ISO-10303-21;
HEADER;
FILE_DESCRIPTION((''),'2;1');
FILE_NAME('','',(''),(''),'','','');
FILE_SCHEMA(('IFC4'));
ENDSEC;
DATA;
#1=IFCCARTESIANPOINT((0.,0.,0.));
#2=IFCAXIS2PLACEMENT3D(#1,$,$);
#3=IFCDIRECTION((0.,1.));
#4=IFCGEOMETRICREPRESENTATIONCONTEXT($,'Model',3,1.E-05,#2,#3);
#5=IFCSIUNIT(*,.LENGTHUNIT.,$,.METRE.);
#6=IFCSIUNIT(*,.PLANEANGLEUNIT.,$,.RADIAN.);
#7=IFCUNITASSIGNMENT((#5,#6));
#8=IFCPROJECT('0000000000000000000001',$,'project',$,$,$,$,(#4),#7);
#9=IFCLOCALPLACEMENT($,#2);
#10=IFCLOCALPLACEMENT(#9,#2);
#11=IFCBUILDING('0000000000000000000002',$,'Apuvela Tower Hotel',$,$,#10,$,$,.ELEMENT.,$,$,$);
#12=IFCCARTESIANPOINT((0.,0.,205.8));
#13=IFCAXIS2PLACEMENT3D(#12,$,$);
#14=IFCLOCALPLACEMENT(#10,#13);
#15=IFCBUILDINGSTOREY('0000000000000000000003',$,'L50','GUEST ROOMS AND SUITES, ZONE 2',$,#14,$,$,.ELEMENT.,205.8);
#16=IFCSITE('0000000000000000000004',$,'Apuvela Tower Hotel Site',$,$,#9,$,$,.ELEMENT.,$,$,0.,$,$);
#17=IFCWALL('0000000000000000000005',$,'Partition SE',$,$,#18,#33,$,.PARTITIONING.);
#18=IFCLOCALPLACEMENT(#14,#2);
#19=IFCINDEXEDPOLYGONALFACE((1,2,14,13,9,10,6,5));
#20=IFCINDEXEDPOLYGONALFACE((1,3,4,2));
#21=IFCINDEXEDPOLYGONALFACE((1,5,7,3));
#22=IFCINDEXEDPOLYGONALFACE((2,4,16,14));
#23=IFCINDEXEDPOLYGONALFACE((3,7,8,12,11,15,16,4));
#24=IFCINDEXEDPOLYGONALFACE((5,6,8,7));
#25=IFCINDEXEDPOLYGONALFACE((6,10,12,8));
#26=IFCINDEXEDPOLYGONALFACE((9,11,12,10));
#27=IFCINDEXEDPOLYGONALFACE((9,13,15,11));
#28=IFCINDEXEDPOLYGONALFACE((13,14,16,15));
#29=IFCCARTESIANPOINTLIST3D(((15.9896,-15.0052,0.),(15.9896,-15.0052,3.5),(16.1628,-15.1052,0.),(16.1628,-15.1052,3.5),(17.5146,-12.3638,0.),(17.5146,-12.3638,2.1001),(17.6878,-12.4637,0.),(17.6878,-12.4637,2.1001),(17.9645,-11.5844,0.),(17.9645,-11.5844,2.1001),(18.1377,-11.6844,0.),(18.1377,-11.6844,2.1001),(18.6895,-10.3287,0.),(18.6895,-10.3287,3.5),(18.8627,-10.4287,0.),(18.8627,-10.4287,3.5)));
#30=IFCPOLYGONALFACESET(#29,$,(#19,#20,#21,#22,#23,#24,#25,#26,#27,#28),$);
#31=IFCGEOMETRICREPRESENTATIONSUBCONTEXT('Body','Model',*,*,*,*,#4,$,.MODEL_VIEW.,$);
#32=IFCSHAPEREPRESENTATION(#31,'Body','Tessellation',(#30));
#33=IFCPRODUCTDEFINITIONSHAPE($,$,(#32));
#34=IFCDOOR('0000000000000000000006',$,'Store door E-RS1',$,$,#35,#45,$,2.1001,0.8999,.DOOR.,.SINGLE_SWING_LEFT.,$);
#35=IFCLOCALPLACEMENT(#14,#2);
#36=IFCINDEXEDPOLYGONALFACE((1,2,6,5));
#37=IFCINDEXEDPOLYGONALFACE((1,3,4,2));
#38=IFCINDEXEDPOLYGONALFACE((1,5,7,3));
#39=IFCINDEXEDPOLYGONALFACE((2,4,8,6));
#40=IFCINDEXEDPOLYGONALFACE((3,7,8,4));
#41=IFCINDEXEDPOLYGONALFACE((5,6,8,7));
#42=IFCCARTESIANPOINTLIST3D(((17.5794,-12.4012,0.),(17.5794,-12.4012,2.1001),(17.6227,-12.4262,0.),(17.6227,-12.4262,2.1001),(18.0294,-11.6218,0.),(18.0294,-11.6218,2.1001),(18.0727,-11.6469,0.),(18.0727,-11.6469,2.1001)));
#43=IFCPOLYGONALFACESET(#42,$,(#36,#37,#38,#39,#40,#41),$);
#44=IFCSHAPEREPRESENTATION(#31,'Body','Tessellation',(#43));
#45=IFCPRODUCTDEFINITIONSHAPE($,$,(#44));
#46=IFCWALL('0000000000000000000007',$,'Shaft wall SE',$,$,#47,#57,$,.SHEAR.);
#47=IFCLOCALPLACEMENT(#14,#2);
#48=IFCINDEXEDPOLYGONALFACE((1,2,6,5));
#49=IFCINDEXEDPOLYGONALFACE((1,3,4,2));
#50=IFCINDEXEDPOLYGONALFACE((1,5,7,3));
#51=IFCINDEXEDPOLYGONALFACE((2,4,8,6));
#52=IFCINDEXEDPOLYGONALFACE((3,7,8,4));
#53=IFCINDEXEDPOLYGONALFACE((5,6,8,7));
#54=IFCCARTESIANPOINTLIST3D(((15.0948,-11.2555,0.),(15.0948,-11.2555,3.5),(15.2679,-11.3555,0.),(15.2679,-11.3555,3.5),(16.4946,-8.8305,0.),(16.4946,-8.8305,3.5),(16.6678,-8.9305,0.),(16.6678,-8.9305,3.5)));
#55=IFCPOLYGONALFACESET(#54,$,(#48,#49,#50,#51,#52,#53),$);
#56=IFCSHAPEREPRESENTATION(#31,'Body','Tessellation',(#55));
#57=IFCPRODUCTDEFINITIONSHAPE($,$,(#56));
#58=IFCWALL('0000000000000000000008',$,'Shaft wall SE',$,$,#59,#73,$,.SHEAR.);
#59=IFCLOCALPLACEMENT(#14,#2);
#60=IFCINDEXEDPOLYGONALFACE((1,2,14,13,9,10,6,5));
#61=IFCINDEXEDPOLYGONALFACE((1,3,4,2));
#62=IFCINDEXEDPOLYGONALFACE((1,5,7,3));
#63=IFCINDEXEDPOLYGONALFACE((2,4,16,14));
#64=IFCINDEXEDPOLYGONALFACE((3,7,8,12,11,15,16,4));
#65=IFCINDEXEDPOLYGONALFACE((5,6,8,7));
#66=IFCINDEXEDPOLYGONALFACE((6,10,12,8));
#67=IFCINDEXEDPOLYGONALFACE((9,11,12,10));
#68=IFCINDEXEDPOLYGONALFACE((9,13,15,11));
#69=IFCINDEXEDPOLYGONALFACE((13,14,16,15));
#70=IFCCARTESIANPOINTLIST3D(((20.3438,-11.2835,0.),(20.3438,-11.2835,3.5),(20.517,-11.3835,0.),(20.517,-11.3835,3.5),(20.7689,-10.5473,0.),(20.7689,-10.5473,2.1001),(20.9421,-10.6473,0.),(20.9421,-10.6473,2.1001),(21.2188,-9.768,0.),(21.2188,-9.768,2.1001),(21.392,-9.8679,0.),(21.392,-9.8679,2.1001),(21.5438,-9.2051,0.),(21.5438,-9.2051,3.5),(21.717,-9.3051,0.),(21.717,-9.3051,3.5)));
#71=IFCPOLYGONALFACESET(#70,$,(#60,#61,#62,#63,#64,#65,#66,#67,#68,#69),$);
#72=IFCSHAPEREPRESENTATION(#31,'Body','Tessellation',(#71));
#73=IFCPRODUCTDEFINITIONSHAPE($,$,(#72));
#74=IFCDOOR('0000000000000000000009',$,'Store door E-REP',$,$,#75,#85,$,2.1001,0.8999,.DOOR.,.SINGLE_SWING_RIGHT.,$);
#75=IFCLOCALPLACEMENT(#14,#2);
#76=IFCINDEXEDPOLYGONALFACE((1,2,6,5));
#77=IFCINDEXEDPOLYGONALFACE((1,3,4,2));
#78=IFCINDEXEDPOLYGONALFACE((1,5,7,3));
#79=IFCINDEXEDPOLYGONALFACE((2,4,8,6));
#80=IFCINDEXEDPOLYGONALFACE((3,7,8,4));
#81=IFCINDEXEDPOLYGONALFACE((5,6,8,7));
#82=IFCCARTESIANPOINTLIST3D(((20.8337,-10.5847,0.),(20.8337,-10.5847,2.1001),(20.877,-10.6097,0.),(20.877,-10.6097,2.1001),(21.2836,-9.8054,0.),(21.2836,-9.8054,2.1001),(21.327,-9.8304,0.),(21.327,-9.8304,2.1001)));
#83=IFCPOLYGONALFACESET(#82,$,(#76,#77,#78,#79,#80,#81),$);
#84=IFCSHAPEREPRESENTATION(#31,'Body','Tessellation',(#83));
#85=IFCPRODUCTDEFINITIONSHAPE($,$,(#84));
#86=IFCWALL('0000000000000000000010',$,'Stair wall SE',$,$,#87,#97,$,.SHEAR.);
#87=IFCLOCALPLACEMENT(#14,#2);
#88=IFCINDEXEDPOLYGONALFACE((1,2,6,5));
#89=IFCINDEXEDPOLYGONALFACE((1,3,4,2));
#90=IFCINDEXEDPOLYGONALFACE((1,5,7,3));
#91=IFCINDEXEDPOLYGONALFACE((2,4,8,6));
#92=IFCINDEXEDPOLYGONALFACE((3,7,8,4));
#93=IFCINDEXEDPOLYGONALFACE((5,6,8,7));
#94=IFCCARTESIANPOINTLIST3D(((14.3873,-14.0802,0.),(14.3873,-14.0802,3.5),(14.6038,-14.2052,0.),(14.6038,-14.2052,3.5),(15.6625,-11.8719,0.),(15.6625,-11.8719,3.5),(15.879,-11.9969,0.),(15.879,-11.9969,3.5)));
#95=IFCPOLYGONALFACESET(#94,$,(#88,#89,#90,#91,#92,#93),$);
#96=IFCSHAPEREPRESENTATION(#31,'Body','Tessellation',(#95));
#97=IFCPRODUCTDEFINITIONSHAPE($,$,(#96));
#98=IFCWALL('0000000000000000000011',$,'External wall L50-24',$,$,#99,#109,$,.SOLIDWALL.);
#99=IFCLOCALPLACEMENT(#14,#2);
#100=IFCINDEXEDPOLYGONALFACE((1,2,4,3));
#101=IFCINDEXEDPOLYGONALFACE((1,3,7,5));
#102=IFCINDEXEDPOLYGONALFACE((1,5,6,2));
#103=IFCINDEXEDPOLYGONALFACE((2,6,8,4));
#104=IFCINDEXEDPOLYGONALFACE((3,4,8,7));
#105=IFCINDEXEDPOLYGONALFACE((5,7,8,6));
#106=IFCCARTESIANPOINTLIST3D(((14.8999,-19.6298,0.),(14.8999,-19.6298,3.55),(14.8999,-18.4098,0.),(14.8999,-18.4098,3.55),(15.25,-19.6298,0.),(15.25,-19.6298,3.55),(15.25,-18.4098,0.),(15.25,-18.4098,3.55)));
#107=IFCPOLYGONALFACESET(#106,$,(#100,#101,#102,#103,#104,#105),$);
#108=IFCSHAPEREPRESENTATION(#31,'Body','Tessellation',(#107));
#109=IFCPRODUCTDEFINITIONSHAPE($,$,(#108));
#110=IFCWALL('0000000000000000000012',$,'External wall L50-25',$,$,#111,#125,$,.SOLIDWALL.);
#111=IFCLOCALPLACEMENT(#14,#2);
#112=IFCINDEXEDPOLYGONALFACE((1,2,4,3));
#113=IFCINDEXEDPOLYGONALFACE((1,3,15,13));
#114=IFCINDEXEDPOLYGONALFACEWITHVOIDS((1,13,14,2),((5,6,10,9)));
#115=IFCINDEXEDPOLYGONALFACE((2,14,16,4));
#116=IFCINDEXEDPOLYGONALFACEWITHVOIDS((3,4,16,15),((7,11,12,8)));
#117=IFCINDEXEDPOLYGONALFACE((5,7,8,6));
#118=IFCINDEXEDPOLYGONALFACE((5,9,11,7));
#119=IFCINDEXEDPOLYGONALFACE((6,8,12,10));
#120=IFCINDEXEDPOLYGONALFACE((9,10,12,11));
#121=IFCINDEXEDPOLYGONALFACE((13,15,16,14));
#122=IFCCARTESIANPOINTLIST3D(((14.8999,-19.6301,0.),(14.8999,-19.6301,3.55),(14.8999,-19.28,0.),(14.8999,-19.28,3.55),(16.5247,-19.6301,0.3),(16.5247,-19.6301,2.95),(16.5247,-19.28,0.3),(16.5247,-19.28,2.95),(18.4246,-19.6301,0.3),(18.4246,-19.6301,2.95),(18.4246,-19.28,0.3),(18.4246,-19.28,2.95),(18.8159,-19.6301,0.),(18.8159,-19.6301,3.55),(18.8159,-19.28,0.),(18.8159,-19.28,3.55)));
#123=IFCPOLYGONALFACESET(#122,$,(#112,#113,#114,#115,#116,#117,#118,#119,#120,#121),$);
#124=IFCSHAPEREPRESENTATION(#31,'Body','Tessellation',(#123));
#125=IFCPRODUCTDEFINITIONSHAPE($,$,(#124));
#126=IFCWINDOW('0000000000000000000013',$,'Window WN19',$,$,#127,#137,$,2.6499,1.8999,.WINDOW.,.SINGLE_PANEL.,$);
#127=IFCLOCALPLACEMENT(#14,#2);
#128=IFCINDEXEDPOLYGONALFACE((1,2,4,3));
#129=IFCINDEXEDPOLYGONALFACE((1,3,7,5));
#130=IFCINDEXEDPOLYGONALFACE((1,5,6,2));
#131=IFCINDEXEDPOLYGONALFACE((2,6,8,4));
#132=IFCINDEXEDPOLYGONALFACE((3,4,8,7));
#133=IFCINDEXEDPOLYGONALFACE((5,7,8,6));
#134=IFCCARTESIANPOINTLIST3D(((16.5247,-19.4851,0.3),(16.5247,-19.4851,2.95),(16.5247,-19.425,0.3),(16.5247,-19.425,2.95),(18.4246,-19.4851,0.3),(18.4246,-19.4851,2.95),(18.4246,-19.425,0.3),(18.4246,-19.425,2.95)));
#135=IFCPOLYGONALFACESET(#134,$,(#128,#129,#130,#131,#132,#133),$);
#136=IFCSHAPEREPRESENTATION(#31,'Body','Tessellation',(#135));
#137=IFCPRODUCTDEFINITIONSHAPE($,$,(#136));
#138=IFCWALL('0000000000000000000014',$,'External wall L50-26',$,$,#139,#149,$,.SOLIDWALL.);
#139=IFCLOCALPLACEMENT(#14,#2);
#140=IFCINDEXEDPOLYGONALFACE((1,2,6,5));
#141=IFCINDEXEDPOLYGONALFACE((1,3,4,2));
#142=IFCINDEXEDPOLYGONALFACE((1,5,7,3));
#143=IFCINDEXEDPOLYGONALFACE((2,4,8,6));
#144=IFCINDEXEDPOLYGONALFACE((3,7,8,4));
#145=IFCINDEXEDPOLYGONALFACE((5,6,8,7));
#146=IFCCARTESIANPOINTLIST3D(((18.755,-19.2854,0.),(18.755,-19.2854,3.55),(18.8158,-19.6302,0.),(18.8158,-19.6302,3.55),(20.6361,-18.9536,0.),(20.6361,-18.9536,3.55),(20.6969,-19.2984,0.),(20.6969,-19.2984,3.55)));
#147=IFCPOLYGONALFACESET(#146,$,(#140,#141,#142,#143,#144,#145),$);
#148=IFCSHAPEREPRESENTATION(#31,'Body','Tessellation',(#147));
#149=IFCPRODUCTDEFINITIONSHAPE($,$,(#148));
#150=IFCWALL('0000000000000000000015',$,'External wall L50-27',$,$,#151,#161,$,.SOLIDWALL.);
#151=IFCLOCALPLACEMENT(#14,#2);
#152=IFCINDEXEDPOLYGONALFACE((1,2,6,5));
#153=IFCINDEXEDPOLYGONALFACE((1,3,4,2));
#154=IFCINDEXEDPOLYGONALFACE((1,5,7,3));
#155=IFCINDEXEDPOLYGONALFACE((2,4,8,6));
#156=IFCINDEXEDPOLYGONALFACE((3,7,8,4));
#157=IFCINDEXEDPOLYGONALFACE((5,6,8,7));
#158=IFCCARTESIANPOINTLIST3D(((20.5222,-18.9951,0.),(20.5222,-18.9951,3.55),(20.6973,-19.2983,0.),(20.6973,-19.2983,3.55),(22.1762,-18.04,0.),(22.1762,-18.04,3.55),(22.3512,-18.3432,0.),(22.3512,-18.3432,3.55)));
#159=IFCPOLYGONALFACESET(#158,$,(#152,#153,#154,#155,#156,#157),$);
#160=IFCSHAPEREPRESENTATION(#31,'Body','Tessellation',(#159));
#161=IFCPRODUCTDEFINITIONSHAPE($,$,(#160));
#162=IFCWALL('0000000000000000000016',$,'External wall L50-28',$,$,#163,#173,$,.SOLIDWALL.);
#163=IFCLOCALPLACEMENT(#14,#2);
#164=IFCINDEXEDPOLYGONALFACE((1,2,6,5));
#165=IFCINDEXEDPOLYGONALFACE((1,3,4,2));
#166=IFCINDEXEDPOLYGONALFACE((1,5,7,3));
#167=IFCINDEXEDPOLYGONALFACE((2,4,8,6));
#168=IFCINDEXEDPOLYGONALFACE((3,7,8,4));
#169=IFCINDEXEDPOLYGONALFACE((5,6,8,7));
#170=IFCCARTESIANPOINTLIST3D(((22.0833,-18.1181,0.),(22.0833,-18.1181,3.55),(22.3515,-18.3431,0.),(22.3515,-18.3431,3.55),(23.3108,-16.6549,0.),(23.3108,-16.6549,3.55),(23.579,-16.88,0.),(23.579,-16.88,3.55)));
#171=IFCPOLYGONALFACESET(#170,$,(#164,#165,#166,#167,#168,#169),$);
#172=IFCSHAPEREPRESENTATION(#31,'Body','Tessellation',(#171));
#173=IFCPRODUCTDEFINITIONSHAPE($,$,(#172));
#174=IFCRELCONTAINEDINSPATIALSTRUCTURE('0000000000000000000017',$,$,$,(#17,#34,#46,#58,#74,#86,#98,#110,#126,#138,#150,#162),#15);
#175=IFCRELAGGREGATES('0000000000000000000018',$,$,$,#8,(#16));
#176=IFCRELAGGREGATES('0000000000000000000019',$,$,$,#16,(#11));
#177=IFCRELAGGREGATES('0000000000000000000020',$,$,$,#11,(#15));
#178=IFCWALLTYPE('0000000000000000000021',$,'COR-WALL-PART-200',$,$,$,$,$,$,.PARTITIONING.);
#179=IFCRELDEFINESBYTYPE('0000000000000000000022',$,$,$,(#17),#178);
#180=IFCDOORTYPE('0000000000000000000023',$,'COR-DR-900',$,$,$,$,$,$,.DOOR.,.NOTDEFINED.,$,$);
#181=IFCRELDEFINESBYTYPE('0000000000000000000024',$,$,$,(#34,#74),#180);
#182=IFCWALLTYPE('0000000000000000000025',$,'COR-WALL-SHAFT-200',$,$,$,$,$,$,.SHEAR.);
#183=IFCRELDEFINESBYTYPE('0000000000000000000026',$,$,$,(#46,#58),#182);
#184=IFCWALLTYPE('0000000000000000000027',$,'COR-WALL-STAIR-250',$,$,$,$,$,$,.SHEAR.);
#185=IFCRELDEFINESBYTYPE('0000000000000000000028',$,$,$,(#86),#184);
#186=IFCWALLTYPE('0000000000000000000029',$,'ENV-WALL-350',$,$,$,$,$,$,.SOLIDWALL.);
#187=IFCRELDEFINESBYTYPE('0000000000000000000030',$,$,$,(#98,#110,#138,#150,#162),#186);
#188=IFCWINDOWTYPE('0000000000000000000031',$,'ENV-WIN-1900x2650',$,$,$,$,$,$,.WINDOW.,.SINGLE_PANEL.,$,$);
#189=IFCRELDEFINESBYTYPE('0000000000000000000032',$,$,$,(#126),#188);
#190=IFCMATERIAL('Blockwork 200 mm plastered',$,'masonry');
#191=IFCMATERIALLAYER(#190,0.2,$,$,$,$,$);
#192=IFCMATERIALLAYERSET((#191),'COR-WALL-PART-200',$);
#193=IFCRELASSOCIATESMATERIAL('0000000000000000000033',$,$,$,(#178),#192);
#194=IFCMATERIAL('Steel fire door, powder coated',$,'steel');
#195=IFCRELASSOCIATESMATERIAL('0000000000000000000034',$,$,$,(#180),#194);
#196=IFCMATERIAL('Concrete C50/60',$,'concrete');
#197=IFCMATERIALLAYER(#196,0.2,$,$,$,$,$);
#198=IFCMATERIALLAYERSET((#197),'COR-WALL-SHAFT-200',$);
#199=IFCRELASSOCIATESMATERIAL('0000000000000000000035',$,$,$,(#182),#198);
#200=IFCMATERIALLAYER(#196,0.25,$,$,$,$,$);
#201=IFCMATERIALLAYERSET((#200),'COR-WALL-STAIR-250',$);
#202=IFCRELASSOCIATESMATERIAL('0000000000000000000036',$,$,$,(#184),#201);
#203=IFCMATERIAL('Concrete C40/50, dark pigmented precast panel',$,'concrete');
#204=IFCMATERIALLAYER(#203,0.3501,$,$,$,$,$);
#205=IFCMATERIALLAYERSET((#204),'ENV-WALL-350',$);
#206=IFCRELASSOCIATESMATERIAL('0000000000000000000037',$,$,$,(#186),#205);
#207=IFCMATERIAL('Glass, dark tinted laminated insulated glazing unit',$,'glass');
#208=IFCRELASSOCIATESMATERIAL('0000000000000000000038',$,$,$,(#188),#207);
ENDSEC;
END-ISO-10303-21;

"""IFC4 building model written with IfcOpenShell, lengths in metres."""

from ifc_helpers import new_model, si_unit, direction, frame, frame_2d, origin, place, context, subcontext, project, spatial, rectangle, extrude, material, layer, layer_set, type_object, element, fill, save


model = new_model("IFC4")

# Units and contexts
model_context = context("Model", 3, precision=1e-05, world=origin(), true_north=direction((0.0, 1.0)))
body_context = subcontext(model_context, "Body", "Model", "MODEL_VIEW")
ifc_project = project(units=[si_unit("LENGTHUNIT", "METRE"), si_unit("PLANEANGLEUNIT", "RADIAN")], contexts=[model_context])

# Site, building, storey
site_placement = place(None, origin())
site = spatial("IfcSite", under=ifc_project, at=site_placement, Name="Apuvela Tower Hotel Site", CompositionType="ELEMENT", RefElevation=0.0)
building_placement = place(site_placement, origin())
building = spatial("IfcBuilding", under=site, at=building_placement, Name="Apuvela Tower Hotel", CompositionType="ELEMENT")
storey_placement = place(building_placement, frame((0.0, 0.0, 205.8)))
storey = spatial("IfcBuildingStorey", under=building, at=storey_placement, Name="L50", Description="GUEST ROOMS AND SUITES, ZONE 2", CompositionType="ELEMENT", Elevation=205.8)

# Wall, opening, door
ifc_material_1 = material(Name="Blockwork 200 mm plastered", Category="masonry")
ifc_layer_1 = layer(ifc_material_1, 0.2)
ifc_layer_set_1 = layer_set([ifc_layer_1], Name="COR-WALL-PART-200")
wall_type_1 = type_object("IfcWallType", Name="COR-WALL-PART-200", PredefinedType="PARTITIONING", material=ifc_layer_set_1)
wall_1_placement = place(storey_placement, frame((16.0762, -15.0552, 0.0), z_axis=(0.0, 0.0, 1.0), x_axis=(0.499995, 0.866028, 0.0)))
wall_1 = element("IfcWall", 1, at=wall_1_placement, inside=storey, type_object=wall_type_1, Name="Partition SE", PredefinedType="PARTITIONING", context=body_context, shape_type="SweptSolid", body=[
    extrude(rectangle(XDim=5.3999, YDim=0.2, at=frame_2d((2.7, 0.0))), origin(), (0.0, 0.0, 1.0), 3.5),
])
opening_1_placement = place(wall_1_placement, frame((3.05, 0.0, 0.0)))
opening_1 = element("IfcOpeningElement", 2, at=opening_1_placement, cuts=wall_1, PredefinedType="OPENING", context=body_context, shape_type="SweptSolid", body=[
    extrude(rectangle(XDim=0.8999, YDim=2.1001, at=frame_2d((0.45, 1.05))), frame((0.0, 0.1099, 0.0), z_axis=(0.0, -1.0, 0.0), x_axis=(1.0, 0.0, 0.0)), (0.0, 0.0, 1.0), 0.22),
])
ifc_material_2 = material(Name="Steel fire door, powder coated", Category="steel")
door_type_1 = type_object("IfcDoorType", Name="COR-DR-900", OperationType="NOTDEFINED", PredefinedType="DOOR", material=ifc_material_2)
door_1_placement = place(opening_1_placement, frame((0.8999, 0.0, 0.0), z_axis=(0.0, 0.0, 1.0), x_axis=(-1.0, 0.0, 0.0)))
door_1 = element("IfcDoor", 3, at=door_1_placement, inside=storey, type_object=door_type_1, Name="Store door E-RS1", OperationType="SINGLE_SWING_LEFT", OverallHeight=2.1001, OverallWidth=0.8999, PredefinedType="DOOR", context=body_context, shape_type="SweptSolid", body=[
    extrude(rectangle(XDim=0.8999, YDim=2.1001, at=frame_2d((0.45, 1.05))), frame((0.0, 0.0249, 0.0), z_axis=(0.0, -1.0, 0.0), x_axis=(1.0, 0.0, 0.0)), (0.0, 0.0, 1.0), 0.05),
])
fill(opening_1, door_1)

# Wall
ifc_material_3 = material(Name="Concrete C50/60", Category="concrete")
ifc_layer_2 = layer(ifc_material_3, 0.2)
ifc_layer_set_2 = layer_set([ifc_layer_2], Name="COR-WALL-SHAFT-200")
wall_type_2 = type_object("IfcWallType", Name="COR-WALL-SHAFT-200", PredefinedType="SHEAR", material=ifc_layer_set_2)
wall_2_placement = place(storey_placement, frame((15.1814, -11.3054, 0.0), z_axis=(0.0, 0.0, 1.0), x_axis=(0.499946, 0.866056, 0.0)))
element("IfcWall", 4, at=wall_2_placement, inside=storey, type_object=wall_type_2, Name="Shaft wall SE", PredefinedType="SHEAR", context=body_context, shape_type="SweptSolid", body=[
    extrude(rectangle(XDim=2.8, YDim=0.2, at=frame_2d((1.3999, 0.0))), origin(), (0.0, 0.0, 1.0), 3.5),
])

# Wall, opening, door
wall_3_placement = place(storey_placement, frame((20.4304, -11.3335, 0.0), z_axis=(0.0, 0.0, 1.0), x_axis=(0.500001, 0.866025, 0.0)))
wall_3 = element("IfcWall", 5, at=wall_3_placement, inside=storey, type_object=wall_type_2, Name="Shaft wall SE", PredefinedType="SHEAR", context=body_context, shape_type="SweptSolid", body=[
    extrude(rectangle(XDim=2.3999, YDim=0.2, at=frame_2d((1.2, 0.0))), origin(), (0.0, 0.0, 1.0), 3.5),
])
opening_2_placement = place(wall_3_placement, frame((0.8501, 0.0, 0.0)))
opening_2 = element("IfcOpeningElement", 6, at=opening_2_placement, cuts=wall_3, PredefinedType="OPENING", context=body_context, shape_type="SweptSolid", body=[
    extrude(rectangle(XDim=0.8999, YDim=2.1001, at=frame_2d((0.45, 1.05))), frame((0.0, 0.1099, 0.0), z_axis=(0.0, -1.0, 0.0), x_axis=(1.0, 0.0, 0.0)), (0.0, 0.0, 1.0), 0.22),
])
door_2_placement = place(opening_2_placement, frame((0.8999, 0.0, 0.0), z_axis=(0.0, 0.0, 1.0), x_axis=(-1.0, 0.0, 0.0)))
door_2 = element("IfcDoor", 7, at=door_2_placement, inside=storey, type_object=door_type_1, Name="Store door E-REP", OperationType="SINGLE_SWING_RIGHT", OverallHeight=2.1001, OverallWidth=0.8999, PredefinedType="DOOR", context=body_context, shape_type="SweptSolid", body=[
    extrude(rectangle(XDim=0.8999, YDim=2.1001, at=frame_2d((0.45, 1.05))), frame((0.0, 0.0249, 0.0), z_axis=(0.0, -1.0, 0.0), x_axis=(1.0, 0.0, 0.0)), (0.0, 0.0, 1.0), 0.05),
])
fill(opening_2, door_2)

# Walls
ifc_layer_3 = layer(ifc_material_3, 0.25)
ifc_layer_set_3 = layer_set([ifc_layer_3], Name="COR-WALL-STAIR-250")
wall_type_3 = type_object("IfcWallType", Name="COR-WALL-STAIR-250", PredefinedType="SHEAR", material=ifc_layer_set_3)
wall_4_placement = place(storey_placement, frame((14.4956, -14.1426, 0.0), z_axis=(0.0, 0.0, 1.0), x_axis=(0.500062, 0.865989, 0.0)))
element("IfcWall", 8, at=wall_4_placement, inside=storey, type_object=wall_type_3, Name="Stair wall SE", PredefinedType="SHEAR", context=body_context, shape_type="SweptSolid", body=[
    extrude(rectangle(XDim=2.55, YDim=0.25, at=frame_2d((1.2749, 0.0))), origin(), (0.0, 0.0, 1.0), 3.5),
])
ifc_material_4 = material(Name="Concrete C40/50, dark pigmented precast panel", Category="concrete")
ifc_layer_4 = layer(ifc_material_4, 0.3501)
ifc_layer_set_4 = layer_set([ifc_layer_4], Name="ENV-WALL-350")
wall_type_4 = type_object("IfcWallType", Name="ENV-WALL-350", PredefinedType="SOLIDWALL", material=ifc_layer_set_4)
wall_5_placement = place(storey_placement, frame((15.075, -18.4099, 0.0), z_axis=(0.0, 0.0, 1.0), x_axis=(0.0, -1.0, 0.0)))
element("IfcWall", 9, at=wall_5_placement, inside=storey, type_object=wall_type_4, Name="External wall L50-24", PredefinedType="SOLIDWALL", context=body_context, shape_type="SweptSolid", body=[
    extrude(rectangle(XDim=1.22, YDim=0.3501, at=frame_2d((0.6099, 0.0))), origin(), (0.0, 0.0, 1.0), 3.55),
])

# Wall, opening, window
wall_6_placement = place(storey_placement, frame((14.8999, -19.4551, 0.0), z_axis=(0.0, 0.0, 1.0), x_axis=(1.0, 0.0, 0.0)))
wall_6 = element("IfcWall", 10, at=wall_6_placement, inside=storey, type_object=wall_type_4, Name="External wall L50-25", PredefinedType="SOLIDWALL", context=body_context, shape_type="SweptSolid", body=[
    extrude(rectangle(XDim=3.916, YDim=0.3501, at=frame_2d((1.958, 0.0))), origin(), (0.0, 0.0, 1.0), 3.55),
])
opening_3_placement = place(wall_6_placement, frame((1.6248, 0.0, 0.3)))
opening_3 = element("IfcOpeningElement", 11, at=opening_3_placement, cuts=wall_6, PredefinedType="OPENING", context=body_context, shape_type="SweptSolid", body=[
    extrude(rectangle(XDim=1.8999, YDim=2.6499, at=frame_2d((0.95, 1.325))), frame((0.0, 0.1851, 0.0), z_axis=(0.0, -1.0, 0.0), x_axis=(1.0, 0.0, 0.0)), (0.0, 0.0, 1.0), 0.3701),
])
ifc_material_5 = material(Name="Glass, dark tinted laminated insulated glazing unit", Category="glass")
window_type = type_object("IfcWindowType", Name="ENV-WIN-1900x2650", PartitioningType="SINGLE_PANEL", PredefinedType="WINDOW", material=ifc_material_5)
window_placement = place(opening_3_placement, origin())
window = element("IfcWindow", 12, at=window_placement, inside=storey, type_object=window_type, Name="Window WN19", OverallHeight=2.6499, OverallWidth=1.8999, PartitioningType="SINGLE_PANEL", PredefinedType="WINDOW", context=body_context, shape_type="SweptSolid", body=[
    extrude(rectangle(XDim=1.8999, YDim=2.6499, at=frame_2d((0.95, 1.325))), frame((0.0, 0.03, 0.0), z_axis=(0.0, -1.0, 0.0), x_axis=(1.0, 0.0, 0.0)), (0.0, 0.0, 1.0), 0.0601),
])
fill(opening_3, window)

# Walls
wall_7_placement = place(storey_placement, frame((18.7854, -19.4578, 0.0), z_axis=(0.0, 0.0, 1.0), x_axis=(0.984799, 0.173698, 0.0)))
element("IfcWall", 13, at=wall_7_placement, inside=storey, type_object=wall_type_4, Name="External wall L50-26", PredefinedType="SOLIDWALL", context=body_context, shape_type="SweptSolid", body=[
    extrude(rectangle(XDim=1.9102, YDim=0.3501, at=frame_2d((0.9551, 0.0))), origin(), (0.0, 0.0, 1.0), 3.55),
])
for number, where, z_axis, x_axis, name in (
    (14, (20.6096, -19.1467, 0.0), (0.0, 0.0, 1.0), (0.866, 0.500043, 0.0), "External wall L50-27"),
    (15, (22.2173, -18.2307, 0.0), (0.0, 0.0, 1.0), (0.642733, 0.76609, 0.0), "External wall L50-28"),
):
    element("IfcWall", number, at=place(storey_placement, frame(where, z_axis=z_axis, x_axis=x_axis)), inside=storey, type_object=wall_type_4, Name=name, PredefinedType="SOLIDWALL", context=body_context, shape_type="SweptSolid", body=[
        extrude(rectangle(XDim=1.9099, YDim=0.3501, at=frame_2d((0.9551, 0.0))), origin(), (0.0, 0.0, 1.0), 3.55),
    ])

save(model, "model.ifc")
